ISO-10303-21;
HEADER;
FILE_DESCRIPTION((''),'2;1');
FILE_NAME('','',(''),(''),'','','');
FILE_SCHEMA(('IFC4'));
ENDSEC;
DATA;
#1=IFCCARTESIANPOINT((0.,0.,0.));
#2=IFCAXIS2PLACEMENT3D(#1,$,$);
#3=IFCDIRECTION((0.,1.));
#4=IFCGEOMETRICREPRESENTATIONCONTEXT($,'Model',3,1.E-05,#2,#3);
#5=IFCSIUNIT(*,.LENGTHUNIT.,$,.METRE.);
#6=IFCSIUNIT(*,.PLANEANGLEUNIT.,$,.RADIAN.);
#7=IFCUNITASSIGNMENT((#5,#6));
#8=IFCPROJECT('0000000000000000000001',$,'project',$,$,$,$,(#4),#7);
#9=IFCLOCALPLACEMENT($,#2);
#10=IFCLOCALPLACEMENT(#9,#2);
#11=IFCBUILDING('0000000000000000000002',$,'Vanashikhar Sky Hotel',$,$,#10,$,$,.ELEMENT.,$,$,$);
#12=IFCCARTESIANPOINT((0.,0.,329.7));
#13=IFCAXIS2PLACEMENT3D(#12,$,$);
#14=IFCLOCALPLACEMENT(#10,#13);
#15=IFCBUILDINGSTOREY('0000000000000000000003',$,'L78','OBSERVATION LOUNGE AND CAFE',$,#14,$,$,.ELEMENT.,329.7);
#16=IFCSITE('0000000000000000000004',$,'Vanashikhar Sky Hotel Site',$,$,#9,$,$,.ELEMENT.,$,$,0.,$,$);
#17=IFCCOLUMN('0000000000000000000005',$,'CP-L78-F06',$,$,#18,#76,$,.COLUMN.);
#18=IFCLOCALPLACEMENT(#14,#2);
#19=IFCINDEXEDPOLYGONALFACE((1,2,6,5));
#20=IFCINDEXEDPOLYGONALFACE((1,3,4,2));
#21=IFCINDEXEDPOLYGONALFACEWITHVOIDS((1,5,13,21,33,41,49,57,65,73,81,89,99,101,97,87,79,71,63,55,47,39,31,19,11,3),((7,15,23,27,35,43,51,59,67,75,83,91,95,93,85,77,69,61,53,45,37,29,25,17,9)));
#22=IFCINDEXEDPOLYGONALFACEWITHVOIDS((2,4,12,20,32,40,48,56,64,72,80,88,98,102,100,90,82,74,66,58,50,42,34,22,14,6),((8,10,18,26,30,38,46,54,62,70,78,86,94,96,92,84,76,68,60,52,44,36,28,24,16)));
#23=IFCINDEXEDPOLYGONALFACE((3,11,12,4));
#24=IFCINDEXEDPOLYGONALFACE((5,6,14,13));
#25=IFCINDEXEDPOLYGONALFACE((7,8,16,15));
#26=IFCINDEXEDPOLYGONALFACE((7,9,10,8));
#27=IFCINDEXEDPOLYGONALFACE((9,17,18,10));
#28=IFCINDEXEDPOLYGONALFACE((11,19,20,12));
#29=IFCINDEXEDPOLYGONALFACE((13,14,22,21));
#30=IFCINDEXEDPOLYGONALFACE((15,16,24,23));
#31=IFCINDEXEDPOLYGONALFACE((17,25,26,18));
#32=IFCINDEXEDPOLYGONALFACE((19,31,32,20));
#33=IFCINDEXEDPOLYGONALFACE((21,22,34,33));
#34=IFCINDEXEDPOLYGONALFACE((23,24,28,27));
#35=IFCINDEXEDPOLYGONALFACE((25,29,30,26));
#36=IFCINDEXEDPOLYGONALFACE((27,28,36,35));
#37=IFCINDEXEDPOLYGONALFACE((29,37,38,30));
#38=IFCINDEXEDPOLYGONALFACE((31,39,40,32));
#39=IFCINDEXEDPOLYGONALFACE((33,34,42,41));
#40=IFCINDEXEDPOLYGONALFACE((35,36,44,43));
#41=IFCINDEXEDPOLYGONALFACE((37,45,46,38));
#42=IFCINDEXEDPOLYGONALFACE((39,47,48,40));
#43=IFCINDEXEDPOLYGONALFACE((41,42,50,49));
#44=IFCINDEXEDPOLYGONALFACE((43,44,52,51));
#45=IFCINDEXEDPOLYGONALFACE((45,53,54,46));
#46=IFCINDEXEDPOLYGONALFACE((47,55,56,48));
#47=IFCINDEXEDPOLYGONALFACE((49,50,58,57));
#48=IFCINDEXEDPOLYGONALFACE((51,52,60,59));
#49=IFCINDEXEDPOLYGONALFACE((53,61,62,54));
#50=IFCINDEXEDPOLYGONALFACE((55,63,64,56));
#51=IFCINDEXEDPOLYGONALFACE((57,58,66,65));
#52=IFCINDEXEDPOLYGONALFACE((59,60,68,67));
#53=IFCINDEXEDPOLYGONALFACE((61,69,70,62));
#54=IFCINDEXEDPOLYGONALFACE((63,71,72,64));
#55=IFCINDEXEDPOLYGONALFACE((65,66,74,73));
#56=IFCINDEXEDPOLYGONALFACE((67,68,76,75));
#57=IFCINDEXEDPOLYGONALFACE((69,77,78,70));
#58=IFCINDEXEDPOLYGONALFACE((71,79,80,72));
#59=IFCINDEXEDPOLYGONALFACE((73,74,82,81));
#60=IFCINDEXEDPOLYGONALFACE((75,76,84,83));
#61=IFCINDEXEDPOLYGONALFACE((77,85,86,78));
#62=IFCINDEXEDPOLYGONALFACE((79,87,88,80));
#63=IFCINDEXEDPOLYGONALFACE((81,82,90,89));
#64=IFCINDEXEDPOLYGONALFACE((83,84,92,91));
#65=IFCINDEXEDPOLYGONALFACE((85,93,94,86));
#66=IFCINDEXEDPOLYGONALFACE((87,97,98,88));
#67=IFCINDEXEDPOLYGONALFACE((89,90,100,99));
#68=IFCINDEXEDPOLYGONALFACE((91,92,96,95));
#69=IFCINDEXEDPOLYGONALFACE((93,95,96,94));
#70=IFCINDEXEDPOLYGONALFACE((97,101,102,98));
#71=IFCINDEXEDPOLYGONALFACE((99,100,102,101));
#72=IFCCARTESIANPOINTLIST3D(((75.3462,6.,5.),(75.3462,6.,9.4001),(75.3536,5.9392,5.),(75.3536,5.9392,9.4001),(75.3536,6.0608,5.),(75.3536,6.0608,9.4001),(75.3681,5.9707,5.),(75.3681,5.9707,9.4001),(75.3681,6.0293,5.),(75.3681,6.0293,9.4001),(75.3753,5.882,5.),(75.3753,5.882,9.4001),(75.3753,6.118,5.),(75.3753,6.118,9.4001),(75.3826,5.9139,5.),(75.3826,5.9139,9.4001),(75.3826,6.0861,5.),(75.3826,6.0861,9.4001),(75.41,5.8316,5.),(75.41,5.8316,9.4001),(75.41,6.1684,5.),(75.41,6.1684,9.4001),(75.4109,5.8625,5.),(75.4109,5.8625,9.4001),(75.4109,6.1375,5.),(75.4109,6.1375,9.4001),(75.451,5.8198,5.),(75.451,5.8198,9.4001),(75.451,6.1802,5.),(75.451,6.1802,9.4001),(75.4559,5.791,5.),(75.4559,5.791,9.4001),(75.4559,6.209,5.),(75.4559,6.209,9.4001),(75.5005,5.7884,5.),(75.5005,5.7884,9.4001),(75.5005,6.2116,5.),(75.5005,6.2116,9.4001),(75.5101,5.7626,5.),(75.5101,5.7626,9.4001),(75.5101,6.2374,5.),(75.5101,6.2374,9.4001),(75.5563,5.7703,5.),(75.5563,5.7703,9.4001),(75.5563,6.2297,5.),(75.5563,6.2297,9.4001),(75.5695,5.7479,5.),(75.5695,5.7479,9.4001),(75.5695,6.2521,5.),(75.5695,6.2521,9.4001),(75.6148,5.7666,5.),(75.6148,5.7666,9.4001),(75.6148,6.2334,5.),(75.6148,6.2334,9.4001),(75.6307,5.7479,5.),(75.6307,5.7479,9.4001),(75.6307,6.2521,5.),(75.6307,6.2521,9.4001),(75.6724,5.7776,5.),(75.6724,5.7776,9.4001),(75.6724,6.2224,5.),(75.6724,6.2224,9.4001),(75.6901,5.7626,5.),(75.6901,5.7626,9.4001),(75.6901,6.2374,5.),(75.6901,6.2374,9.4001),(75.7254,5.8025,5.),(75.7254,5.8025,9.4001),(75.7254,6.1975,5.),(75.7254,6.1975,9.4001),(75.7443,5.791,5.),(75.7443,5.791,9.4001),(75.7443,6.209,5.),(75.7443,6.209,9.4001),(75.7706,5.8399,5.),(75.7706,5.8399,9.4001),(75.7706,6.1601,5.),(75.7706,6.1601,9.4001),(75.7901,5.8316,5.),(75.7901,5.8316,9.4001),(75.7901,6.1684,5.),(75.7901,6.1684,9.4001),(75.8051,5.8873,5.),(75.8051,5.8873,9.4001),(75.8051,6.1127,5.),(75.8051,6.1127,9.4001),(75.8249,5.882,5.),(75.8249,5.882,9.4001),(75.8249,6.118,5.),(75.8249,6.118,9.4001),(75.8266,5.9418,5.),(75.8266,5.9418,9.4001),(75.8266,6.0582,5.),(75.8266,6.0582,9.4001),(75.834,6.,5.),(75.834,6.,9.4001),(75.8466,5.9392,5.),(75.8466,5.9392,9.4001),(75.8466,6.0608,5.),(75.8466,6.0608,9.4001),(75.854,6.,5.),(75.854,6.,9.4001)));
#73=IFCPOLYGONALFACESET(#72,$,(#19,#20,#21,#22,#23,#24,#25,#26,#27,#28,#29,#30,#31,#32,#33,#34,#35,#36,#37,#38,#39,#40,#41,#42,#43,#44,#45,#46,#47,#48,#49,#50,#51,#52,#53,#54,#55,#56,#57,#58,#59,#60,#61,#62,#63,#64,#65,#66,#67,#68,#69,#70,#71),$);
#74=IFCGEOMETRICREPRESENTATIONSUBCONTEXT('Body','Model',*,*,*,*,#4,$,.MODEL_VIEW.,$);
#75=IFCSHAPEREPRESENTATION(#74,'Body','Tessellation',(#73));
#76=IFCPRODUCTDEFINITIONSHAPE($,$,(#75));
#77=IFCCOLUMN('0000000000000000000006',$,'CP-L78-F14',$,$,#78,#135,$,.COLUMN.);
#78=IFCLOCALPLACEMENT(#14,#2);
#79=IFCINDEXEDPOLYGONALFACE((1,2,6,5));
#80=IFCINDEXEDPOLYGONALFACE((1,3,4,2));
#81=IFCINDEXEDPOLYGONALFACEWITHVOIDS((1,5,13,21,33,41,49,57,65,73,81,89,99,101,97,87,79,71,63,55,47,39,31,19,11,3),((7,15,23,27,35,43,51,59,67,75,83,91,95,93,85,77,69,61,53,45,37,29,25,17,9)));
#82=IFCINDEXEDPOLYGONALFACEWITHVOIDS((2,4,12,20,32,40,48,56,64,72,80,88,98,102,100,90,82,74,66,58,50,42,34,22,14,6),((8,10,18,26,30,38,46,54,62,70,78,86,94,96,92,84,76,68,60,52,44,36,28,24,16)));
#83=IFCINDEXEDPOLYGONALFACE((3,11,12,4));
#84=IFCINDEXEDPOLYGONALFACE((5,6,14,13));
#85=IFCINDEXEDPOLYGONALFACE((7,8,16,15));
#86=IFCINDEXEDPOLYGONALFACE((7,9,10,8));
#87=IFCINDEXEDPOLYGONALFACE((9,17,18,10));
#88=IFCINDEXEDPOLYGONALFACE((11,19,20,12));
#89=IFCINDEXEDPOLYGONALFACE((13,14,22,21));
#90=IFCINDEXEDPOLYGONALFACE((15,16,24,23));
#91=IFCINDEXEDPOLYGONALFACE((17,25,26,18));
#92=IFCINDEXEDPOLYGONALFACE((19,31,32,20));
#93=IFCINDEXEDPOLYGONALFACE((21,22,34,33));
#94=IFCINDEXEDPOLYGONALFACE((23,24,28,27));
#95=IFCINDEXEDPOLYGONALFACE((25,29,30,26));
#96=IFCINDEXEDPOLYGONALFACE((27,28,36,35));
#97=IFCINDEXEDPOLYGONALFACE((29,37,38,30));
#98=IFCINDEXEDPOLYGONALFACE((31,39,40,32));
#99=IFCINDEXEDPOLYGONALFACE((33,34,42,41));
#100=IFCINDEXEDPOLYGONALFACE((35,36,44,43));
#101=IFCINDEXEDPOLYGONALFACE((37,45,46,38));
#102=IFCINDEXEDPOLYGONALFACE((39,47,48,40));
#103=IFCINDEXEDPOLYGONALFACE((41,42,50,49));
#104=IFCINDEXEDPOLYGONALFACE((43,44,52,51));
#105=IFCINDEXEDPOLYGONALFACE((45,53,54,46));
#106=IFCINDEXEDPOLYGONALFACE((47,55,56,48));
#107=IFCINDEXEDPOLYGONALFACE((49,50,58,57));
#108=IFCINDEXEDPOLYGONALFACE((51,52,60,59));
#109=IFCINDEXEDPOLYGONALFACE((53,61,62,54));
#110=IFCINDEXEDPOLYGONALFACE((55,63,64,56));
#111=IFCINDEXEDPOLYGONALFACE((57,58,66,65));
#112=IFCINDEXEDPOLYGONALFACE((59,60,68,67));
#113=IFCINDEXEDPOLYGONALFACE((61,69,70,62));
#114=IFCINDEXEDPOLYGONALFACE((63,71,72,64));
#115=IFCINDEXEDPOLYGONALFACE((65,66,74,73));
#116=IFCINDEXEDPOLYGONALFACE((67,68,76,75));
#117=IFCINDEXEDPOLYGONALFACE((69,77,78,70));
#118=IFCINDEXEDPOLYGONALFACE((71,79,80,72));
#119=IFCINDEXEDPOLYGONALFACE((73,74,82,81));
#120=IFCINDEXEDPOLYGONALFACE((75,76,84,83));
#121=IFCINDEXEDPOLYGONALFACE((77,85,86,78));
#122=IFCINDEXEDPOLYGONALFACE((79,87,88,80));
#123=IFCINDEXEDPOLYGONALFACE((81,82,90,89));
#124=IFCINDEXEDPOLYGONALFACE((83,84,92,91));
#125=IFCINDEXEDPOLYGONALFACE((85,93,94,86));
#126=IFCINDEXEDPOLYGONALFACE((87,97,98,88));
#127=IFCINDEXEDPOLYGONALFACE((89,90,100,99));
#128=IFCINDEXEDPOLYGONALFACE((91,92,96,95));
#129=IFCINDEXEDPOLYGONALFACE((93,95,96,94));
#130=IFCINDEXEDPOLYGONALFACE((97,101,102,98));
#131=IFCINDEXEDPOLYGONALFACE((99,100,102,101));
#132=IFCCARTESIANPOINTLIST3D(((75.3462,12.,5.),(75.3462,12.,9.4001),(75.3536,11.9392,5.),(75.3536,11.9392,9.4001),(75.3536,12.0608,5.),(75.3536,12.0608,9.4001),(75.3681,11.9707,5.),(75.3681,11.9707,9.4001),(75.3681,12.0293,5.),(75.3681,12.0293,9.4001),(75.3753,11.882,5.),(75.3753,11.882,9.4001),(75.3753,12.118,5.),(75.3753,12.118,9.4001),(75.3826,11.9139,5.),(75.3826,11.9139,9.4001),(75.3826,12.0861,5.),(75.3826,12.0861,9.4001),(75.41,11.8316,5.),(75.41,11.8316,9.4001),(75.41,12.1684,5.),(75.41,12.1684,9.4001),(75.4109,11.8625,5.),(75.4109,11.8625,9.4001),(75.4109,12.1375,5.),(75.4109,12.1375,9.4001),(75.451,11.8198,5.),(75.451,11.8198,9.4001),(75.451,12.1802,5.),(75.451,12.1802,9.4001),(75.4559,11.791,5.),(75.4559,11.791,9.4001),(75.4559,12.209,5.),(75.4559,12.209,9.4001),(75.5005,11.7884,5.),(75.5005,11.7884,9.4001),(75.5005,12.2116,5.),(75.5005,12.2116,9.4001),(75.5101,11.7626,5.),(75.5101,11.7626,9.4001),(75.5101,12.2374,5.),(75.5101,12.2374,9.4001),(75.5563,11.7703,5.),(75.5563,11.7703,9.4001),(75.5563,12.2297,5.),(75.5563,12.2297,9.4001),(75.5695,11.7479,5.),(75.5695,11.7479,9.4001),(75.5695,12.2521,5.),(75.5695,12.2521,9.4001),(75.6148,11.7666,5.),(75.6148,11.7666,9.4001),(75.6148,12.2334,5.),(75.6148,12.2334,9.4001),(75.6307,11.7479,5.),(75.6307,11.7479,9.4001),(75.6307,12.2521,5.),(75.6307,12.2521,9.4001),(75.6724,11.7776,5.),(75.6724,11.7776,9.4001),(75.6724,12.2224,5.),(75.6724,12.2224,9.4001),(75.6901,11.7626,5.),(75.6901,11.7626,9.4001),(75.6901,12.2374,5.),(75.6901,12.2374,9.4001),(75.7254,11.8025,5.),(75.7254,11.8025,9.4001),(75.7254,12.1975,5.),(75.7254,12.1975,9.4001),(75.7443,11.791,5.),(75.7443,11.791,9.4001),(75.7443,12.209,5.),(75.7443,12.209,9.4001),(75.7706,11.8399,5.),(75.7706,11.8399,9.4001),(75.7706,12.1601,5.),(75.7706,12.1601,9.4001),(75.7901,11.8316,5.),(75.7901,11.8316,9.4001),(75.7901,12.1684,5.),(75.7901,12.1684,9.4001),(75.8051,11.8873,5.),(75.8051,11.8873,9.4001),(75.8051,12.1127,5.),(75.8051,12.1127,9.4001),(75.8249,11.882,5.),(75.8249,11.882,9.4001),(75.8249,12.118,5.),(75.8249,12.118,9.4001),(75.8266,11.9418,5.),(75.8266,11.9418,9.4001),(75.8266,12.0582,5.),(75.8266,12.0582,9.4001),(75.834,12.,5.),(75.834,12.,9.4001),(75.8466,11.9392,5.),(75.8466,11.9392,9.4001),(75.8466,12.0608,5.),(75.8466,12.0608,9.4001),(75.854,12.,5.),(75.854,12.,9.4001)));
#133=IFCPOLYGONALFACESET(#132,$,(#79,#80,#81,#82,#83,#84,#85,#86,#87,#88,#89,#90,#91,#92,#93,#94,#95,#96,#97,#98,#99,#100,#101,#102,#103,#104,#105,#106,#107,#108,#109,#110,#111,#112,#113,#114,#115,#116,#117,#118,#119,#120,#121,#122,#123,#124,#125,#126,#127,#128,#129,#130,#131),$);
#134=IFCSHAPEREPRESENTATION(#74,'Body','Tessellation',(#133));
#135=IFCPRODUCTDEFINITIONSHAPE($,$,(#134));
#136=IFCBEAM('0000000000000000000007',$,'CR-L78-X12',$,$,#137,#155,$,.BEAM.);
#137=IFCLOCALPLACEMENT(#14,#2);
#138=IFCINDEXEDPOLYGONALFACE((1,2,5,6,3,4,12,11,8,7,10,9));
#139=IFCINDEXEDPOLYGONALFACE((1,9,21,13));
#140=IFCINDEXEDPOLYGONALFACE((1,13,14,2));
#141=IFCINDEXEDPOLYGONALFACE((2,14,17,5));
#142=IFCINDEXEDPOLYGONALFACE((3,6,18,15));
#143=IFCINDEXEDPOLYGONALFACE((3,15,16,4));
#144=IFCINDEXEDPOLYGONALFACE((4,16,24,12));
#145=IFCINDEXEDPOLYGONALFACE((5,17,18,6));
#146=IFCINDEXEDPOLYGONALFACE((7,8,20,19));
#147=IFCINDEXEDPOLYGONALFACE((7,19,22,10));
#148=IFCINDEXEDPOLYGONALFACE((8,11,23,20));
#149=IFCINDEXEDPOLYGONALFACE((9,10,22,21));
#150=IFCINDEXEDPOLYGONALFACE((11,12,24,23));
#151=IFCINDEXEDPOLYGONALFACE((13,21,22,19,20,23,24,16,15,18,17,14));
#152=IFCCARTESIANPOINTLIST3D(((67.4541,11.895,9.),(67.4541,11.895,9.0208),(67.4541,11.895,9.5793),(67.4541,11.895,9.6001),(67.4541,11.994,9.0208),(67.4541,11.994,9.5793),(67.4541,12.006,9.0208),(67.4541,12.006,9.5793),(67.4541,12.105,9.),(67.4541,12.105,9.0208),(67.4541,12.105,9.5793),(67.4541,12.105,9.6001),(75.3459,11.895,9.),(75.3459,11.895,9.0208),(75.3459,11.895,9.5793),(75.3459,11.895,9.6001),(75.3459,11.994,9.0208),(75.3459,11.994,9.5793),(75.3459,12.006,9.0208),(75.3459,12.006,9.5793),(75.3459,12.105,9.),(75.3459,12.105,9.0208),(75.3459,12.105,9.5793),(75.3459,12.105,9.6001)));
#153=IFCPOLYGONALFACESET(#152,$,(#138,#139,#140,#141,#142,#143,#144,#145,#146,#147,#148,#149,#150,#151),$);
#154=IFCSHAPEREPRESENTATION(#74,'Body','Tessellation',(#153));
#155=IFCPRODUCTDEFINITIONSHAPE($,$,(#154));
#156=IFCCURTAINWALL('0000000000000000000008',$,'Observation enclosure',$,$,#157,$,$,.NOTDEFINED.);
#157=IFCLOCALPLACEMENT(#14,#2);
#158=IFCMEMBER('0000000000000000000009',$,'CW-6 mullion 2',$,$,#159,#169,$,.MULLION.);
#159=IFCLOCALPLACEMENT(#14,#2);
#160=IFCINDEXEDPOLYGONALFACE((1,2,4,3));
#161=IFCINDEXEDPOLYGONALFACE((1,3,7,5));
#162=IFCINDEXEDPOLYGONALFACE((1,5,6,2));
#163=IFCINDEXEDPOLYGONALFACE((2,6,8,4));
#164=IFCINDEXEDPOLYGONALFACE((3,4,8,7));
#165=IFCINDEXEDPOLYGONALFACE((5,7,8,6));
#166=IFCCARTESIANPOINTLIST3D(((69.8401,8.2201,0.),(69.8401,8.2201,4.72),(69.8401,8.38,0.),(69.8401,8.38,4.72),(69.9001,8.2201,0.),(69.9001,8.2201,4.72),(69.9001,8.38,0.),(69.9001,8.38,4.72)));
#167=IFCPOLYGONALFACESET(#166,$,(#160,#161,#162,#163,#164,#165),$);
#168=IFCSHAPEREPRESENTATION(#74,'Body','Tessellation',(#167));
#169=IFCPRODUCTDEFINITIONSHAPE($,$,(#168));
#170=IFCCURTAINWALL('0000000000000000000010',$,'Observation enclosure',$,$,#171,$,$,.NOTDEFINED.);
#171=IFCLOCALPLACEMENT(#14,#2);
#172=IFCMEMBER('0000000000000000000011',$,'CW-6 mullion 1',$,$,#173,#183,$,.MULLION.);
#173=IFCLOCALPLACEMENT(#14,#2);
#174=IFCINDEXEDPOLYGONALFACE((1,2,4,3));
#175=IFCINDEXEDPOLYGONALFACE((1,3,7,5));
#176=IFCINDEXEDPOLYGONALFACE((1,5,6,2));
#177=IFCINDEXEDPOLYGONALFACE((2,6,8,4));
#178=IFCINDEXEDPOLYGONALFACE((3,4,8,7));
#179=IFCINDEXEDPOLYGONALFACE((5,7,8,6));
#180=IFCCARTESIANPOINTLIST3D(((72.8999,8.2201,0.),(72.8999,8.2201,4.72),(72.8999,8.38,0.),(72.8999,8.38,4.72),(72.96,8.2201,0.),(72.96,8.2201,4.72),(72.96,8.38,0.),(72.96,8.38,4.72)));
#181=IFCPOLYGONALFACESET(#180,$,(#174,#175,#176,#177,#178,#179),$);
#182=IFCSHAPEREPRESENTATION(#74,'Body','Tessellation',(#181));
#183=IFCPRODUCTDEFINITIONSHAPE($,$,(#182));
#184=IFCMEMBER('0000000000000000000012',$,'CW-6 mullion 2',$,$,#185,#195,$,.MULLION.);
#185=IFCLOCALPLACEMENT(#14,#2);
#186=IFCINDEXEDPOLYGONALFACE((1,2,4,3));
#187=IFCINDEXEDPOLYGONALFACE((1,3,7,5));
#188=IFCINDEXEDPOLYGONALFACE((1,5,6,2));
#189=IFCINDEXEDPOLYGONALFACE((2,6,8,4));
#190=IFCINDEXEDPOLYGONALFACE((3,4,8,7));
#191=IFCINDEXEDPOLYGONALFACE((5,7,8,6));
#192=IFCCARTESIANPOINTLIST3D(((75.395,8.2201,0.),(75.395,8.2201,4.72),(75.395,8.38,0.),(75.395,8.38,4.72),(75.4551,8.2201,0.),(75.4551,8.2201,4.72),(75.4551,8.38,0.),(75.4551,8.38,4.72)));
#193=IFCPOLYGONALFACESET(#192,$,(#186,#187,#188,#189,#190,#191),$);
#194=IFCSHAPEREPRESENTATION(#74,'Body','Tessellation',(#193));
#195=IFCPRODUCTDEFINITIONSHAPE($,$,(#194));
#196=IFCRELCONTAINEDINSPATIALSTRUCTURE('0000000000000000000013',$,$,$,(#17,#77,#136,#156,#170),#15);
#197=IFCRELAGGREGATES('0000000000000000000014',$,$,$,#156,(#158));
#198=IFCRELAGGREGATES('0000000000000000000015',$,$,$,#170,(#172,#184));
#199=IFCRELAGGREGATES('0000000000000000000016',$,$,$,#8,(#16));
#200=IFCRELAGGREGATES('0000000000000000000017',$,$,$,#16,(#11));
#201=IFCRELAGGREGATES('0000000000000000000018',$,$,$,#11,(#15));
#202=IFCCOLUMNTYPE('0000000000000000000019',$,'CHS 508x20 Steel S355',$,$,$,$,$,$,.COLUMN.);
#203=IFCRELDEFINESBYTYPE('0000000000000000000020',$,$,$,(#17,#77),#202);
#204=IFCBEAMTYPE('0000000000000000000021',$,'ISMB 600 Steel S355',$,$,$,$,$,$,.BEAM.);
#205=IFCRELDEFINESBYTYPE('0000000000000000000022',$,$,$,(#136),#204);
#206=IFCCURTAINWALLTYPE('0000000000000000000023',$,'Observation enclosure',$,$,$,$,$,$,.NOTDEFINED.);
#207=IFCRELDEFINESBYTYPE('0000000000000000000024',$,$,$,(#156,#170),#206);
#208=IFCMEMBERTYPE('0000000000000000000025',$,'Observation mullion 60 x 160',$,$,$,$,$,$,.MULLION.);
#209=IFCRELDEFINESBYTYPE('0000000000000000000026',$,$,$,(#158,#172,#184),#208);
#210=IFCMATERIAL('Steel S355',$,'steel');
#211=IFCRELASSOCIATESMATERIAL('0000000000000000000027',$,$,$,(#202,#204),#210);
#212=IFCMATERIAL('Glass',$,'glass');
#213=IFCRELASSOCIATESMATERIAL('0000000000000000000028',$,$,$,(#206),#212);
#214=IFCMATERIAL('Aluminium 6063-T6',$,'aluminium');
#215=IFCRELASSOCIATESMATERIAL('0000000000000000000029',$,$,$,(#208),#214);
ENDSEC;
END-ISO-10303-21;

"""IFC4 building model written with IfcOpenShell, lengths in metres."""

from ifc_helpers import new_model, si_unit, direction, frame, origin, origin_2d, place, context, subcontext, project, spatial, rectangle, hollow_circle, i_section, extrude, source, transform, mapped, material, material_profile, profile_set, type_object, element, aggregate, save


model = new_model("IFC4")

# Units and contexts
model_context = context("Model", 3, precision=1e-05, world=origin(), true_north=direction((0.0, 1.0)))
body_context = subcontext(model_context, "Body", "Model", "MODEL_VIEW")
ifc_project = project(units=[si_unit("LENGTHUNIT", "METRE"), si_unit("PLANEANGLEUNIT", "RADIAN")], contexts=[model_context])

# Site, building, storey
site_placement = place(None, origin())
site = spatial("IfcSite", under=ifc_project, at=site_placement, Name="Vanashikhar Sky Hotel Site", CompositionType="ELEMENT", RefElevation=0.0)
building_placement = place(site_placement, origin())
building = spatial("IfcBuilding", under=site, at=building_placement, Name="Vanashikhar Sky Hotel", CompositionType="ELEMENT")
storey_placement = place(building_placement, frame((0.0, 0.0, 329.7)))
storey = spatial("IfcBuildingStorey", under=building, at=storey_placement, Name="L78", Description="OBSERVATION LOUNGE AND CAFE", CompositionType="ELEMENT", Elevation=329.7)

# Columns
ifc_material_1 = material(Name="Steel S355", Category="steel")
ifc_material_profile_1 = material_profile(ifc_material_1, hollow_circle(Radius=0.2539, WallThickness=0.02, at=origin_2d()))
ifc_profile_set_1 = profile_set([ifc_material_profile_1], Name="CHS 508x20 Steel S355")
column_type = type_object("IfcColumnType", Name="CHS 508x20 Steel S355", PredefinedType="COLUMN", material=ifc_profile_set_1)
shared_shape_1 = source(origin(), body_context, "Body", "SweptSolid", [
    extrude(hollow_circle(Radius=0.2539, WallThickness=0.02, at=origin_2d()), origin(), (0.0, 0.0, 1.0), 4.4001),
])
for number, where, z_axis, x_axis, name in (
    (1, (75.6001, 6.0, 5.0), (0.0, 0.0, 1.0), (1.0, 0.0, 0.0), "CP-L78-F06"),
    (2, (75.6001, 12.0, 5.0), (0.0, 0.0, 1.0), (1.0, 0.0, 0.0), "CP-L78-F14"),
):
    element("IfcColumn", number, at=place(storey_placement, frame(where, z_axis=z_axis, x_axis=x_axis)), inside=storey, type_object=column_type, Name=name, PredefinedType="COLUMN", context=body_context, shape_type="MappedRepresentation", body=[
        mapped(shared_shape_1, transform((0.0, 0.0, 0.0), scale=1.0)),
    ])

# Beam
ifc_material_profile_2 = material_profile(ifc_material_1, i_section(OverallWidth=0.21, OverallDepth=0.6001, WebThickness=0.012, FlangeThickness=0.0208, at=origin_2d()), Name="ISMB 600")
ifc_profile_set_2 = profile_set([ifc_material_profile_2], Name="Steel S355")
beam_type = type_object("IfcBeamType", Name="ISMB 600 Steel S355", PredefinedType="BEAM", material=ifc_profile_set_2)
shared_shape_2 = source(origin(), body_context, "Body", "SweptSolid", [
    extrude(i_section(OverallWidth=0.21, OverallDepth=0.6001, WebThickness=0.012, FlangeThickness=0.0208, at=origin_2d()), origin(), (0.0, 0.0, 1.0), 7.8918),
])
beam_placement = place(storey_placement, frame((67.4541, 12.0, 9.3), z_axis=(1.0, 0.0, 0.0), x_axis=(0.0, 1.0, 0.0)))
element("IfcBeam", 3, at=beam_placement, inside=storey, type_object=beam_type, Name="CR-L78-X12", PredefinedType="BEAM", context=body_context, shape_type="MappedRepresentation", body=[
    mapped(shared_shape_2, transform((0.0, 0.0, 0.0), scale=1.0)),
])

# Curtain wall, member
ifc_material_2 = material(Name="Glass", Category="glass")
curtain_wall_type = type_object("IfcCurtainWallType", Name="Observation enclosure", PredefinedType="NOTDEFINED", material=ifc_material_2)
curtain_wall_1_placement = place(storey_placement, origin())
curtain_wall_1 = element("IfcCurtainWall", 4, at=curtain_wall_1_placement, inside=storey, type_object=curtain_wall_type, Name="Observation enclosure", PredefinedType="NOTDEFINED")
ifc_material_3 = material(Name="Aluminium 6063-T6", Category="aluminium")
ifc_material_profile_3 = material_profile(ifc_material_3, rectangle(XDim=0.1599, YDim=0.0601, at=origin_2d()))
ifc_profile_set_3 = profile_set([ifc_material_profile_3], Name="Aluminium 6063-T6")
member_type_1 = type_object("IfcMemberType", Name="Observation mullion 60 x 160", PredefinedType="MULLION", material=ifc_profile_set_3)
shared_shape_3 = source(origin(), body_context, "Body", "SweptSolid", [
    extrude(rectangle(XDim=0.1599, YDim=0.0601, at=origin_2d()), origin(), (0.0, 0.0, 1.0), 4.72),
])
member_1_placement = place(storey_placement, frame((69.8701, 8.3, 0.0), z_axis=(0.0, 0.0, 1.0), x_axis=(0.0, 1.0, 0.0)))
member_1 = element("IfcMember", 5, at=member_1_placement, type_object=member_type_1, Name="CW-6 mullion 2", PredefinedType="MULLION", context=body_context, shape_type="MappedRepresentation", body=[
    mapped(shared_shape_3, transform((0.0, 0.0, 0.0), scale=1.0)),
])

# Curtain wall, members
curtain_wall_2_placement = place(storey_placement, origin())
curtain_wall_2 = element("IfcCurtainWall", 6, at=curtain_wall_2_placement, inside=storey, type_object=curtain_wall_type, Name="Observation enclosure", PredefinedType="NOTDEFINED")
member_2_placement = place(storey_placement, frame((72.9299, 8.3, 0.0), z_axis=(0.0, 0.0, 1.0), x_axis=(0.0, 1.0, 0.0)))
member_2 = element("IfcMember", 7, at=member_2_placement, type_object=member_type_1, Name="CW-6 mullion 1", PredefinedType="MULLION", context=body_context, shape_type="MappedRepresentation", body=[
    mapped(shared_shape_3, transform((0.0, 0.0, 0.0), scale=1.0)),
])
member_3_placement = place(storey_placement, frame((75.425, 8.3, 0.0), z_axis=(0.0, 0.0, 1.0), x_axis=(0.0, 1.0, 0.0)))
member_3 = element("IfcMember", 8, at=member_3_placement, type_object=member_type_1, Name="CW-6 mullion 2", PredefinedType="MULLION", context=body_context, shape_type="MappedRepresentation", body=[
    mapped(shared_shape_3, transform((0.0, 0.0, 0.0), scale=1.0)),
])

aggregate(curtain_wall_1, [member_1])
aggregate(curtain_wall_2, [member_2, member_3])

save(model, "model.ifc")
